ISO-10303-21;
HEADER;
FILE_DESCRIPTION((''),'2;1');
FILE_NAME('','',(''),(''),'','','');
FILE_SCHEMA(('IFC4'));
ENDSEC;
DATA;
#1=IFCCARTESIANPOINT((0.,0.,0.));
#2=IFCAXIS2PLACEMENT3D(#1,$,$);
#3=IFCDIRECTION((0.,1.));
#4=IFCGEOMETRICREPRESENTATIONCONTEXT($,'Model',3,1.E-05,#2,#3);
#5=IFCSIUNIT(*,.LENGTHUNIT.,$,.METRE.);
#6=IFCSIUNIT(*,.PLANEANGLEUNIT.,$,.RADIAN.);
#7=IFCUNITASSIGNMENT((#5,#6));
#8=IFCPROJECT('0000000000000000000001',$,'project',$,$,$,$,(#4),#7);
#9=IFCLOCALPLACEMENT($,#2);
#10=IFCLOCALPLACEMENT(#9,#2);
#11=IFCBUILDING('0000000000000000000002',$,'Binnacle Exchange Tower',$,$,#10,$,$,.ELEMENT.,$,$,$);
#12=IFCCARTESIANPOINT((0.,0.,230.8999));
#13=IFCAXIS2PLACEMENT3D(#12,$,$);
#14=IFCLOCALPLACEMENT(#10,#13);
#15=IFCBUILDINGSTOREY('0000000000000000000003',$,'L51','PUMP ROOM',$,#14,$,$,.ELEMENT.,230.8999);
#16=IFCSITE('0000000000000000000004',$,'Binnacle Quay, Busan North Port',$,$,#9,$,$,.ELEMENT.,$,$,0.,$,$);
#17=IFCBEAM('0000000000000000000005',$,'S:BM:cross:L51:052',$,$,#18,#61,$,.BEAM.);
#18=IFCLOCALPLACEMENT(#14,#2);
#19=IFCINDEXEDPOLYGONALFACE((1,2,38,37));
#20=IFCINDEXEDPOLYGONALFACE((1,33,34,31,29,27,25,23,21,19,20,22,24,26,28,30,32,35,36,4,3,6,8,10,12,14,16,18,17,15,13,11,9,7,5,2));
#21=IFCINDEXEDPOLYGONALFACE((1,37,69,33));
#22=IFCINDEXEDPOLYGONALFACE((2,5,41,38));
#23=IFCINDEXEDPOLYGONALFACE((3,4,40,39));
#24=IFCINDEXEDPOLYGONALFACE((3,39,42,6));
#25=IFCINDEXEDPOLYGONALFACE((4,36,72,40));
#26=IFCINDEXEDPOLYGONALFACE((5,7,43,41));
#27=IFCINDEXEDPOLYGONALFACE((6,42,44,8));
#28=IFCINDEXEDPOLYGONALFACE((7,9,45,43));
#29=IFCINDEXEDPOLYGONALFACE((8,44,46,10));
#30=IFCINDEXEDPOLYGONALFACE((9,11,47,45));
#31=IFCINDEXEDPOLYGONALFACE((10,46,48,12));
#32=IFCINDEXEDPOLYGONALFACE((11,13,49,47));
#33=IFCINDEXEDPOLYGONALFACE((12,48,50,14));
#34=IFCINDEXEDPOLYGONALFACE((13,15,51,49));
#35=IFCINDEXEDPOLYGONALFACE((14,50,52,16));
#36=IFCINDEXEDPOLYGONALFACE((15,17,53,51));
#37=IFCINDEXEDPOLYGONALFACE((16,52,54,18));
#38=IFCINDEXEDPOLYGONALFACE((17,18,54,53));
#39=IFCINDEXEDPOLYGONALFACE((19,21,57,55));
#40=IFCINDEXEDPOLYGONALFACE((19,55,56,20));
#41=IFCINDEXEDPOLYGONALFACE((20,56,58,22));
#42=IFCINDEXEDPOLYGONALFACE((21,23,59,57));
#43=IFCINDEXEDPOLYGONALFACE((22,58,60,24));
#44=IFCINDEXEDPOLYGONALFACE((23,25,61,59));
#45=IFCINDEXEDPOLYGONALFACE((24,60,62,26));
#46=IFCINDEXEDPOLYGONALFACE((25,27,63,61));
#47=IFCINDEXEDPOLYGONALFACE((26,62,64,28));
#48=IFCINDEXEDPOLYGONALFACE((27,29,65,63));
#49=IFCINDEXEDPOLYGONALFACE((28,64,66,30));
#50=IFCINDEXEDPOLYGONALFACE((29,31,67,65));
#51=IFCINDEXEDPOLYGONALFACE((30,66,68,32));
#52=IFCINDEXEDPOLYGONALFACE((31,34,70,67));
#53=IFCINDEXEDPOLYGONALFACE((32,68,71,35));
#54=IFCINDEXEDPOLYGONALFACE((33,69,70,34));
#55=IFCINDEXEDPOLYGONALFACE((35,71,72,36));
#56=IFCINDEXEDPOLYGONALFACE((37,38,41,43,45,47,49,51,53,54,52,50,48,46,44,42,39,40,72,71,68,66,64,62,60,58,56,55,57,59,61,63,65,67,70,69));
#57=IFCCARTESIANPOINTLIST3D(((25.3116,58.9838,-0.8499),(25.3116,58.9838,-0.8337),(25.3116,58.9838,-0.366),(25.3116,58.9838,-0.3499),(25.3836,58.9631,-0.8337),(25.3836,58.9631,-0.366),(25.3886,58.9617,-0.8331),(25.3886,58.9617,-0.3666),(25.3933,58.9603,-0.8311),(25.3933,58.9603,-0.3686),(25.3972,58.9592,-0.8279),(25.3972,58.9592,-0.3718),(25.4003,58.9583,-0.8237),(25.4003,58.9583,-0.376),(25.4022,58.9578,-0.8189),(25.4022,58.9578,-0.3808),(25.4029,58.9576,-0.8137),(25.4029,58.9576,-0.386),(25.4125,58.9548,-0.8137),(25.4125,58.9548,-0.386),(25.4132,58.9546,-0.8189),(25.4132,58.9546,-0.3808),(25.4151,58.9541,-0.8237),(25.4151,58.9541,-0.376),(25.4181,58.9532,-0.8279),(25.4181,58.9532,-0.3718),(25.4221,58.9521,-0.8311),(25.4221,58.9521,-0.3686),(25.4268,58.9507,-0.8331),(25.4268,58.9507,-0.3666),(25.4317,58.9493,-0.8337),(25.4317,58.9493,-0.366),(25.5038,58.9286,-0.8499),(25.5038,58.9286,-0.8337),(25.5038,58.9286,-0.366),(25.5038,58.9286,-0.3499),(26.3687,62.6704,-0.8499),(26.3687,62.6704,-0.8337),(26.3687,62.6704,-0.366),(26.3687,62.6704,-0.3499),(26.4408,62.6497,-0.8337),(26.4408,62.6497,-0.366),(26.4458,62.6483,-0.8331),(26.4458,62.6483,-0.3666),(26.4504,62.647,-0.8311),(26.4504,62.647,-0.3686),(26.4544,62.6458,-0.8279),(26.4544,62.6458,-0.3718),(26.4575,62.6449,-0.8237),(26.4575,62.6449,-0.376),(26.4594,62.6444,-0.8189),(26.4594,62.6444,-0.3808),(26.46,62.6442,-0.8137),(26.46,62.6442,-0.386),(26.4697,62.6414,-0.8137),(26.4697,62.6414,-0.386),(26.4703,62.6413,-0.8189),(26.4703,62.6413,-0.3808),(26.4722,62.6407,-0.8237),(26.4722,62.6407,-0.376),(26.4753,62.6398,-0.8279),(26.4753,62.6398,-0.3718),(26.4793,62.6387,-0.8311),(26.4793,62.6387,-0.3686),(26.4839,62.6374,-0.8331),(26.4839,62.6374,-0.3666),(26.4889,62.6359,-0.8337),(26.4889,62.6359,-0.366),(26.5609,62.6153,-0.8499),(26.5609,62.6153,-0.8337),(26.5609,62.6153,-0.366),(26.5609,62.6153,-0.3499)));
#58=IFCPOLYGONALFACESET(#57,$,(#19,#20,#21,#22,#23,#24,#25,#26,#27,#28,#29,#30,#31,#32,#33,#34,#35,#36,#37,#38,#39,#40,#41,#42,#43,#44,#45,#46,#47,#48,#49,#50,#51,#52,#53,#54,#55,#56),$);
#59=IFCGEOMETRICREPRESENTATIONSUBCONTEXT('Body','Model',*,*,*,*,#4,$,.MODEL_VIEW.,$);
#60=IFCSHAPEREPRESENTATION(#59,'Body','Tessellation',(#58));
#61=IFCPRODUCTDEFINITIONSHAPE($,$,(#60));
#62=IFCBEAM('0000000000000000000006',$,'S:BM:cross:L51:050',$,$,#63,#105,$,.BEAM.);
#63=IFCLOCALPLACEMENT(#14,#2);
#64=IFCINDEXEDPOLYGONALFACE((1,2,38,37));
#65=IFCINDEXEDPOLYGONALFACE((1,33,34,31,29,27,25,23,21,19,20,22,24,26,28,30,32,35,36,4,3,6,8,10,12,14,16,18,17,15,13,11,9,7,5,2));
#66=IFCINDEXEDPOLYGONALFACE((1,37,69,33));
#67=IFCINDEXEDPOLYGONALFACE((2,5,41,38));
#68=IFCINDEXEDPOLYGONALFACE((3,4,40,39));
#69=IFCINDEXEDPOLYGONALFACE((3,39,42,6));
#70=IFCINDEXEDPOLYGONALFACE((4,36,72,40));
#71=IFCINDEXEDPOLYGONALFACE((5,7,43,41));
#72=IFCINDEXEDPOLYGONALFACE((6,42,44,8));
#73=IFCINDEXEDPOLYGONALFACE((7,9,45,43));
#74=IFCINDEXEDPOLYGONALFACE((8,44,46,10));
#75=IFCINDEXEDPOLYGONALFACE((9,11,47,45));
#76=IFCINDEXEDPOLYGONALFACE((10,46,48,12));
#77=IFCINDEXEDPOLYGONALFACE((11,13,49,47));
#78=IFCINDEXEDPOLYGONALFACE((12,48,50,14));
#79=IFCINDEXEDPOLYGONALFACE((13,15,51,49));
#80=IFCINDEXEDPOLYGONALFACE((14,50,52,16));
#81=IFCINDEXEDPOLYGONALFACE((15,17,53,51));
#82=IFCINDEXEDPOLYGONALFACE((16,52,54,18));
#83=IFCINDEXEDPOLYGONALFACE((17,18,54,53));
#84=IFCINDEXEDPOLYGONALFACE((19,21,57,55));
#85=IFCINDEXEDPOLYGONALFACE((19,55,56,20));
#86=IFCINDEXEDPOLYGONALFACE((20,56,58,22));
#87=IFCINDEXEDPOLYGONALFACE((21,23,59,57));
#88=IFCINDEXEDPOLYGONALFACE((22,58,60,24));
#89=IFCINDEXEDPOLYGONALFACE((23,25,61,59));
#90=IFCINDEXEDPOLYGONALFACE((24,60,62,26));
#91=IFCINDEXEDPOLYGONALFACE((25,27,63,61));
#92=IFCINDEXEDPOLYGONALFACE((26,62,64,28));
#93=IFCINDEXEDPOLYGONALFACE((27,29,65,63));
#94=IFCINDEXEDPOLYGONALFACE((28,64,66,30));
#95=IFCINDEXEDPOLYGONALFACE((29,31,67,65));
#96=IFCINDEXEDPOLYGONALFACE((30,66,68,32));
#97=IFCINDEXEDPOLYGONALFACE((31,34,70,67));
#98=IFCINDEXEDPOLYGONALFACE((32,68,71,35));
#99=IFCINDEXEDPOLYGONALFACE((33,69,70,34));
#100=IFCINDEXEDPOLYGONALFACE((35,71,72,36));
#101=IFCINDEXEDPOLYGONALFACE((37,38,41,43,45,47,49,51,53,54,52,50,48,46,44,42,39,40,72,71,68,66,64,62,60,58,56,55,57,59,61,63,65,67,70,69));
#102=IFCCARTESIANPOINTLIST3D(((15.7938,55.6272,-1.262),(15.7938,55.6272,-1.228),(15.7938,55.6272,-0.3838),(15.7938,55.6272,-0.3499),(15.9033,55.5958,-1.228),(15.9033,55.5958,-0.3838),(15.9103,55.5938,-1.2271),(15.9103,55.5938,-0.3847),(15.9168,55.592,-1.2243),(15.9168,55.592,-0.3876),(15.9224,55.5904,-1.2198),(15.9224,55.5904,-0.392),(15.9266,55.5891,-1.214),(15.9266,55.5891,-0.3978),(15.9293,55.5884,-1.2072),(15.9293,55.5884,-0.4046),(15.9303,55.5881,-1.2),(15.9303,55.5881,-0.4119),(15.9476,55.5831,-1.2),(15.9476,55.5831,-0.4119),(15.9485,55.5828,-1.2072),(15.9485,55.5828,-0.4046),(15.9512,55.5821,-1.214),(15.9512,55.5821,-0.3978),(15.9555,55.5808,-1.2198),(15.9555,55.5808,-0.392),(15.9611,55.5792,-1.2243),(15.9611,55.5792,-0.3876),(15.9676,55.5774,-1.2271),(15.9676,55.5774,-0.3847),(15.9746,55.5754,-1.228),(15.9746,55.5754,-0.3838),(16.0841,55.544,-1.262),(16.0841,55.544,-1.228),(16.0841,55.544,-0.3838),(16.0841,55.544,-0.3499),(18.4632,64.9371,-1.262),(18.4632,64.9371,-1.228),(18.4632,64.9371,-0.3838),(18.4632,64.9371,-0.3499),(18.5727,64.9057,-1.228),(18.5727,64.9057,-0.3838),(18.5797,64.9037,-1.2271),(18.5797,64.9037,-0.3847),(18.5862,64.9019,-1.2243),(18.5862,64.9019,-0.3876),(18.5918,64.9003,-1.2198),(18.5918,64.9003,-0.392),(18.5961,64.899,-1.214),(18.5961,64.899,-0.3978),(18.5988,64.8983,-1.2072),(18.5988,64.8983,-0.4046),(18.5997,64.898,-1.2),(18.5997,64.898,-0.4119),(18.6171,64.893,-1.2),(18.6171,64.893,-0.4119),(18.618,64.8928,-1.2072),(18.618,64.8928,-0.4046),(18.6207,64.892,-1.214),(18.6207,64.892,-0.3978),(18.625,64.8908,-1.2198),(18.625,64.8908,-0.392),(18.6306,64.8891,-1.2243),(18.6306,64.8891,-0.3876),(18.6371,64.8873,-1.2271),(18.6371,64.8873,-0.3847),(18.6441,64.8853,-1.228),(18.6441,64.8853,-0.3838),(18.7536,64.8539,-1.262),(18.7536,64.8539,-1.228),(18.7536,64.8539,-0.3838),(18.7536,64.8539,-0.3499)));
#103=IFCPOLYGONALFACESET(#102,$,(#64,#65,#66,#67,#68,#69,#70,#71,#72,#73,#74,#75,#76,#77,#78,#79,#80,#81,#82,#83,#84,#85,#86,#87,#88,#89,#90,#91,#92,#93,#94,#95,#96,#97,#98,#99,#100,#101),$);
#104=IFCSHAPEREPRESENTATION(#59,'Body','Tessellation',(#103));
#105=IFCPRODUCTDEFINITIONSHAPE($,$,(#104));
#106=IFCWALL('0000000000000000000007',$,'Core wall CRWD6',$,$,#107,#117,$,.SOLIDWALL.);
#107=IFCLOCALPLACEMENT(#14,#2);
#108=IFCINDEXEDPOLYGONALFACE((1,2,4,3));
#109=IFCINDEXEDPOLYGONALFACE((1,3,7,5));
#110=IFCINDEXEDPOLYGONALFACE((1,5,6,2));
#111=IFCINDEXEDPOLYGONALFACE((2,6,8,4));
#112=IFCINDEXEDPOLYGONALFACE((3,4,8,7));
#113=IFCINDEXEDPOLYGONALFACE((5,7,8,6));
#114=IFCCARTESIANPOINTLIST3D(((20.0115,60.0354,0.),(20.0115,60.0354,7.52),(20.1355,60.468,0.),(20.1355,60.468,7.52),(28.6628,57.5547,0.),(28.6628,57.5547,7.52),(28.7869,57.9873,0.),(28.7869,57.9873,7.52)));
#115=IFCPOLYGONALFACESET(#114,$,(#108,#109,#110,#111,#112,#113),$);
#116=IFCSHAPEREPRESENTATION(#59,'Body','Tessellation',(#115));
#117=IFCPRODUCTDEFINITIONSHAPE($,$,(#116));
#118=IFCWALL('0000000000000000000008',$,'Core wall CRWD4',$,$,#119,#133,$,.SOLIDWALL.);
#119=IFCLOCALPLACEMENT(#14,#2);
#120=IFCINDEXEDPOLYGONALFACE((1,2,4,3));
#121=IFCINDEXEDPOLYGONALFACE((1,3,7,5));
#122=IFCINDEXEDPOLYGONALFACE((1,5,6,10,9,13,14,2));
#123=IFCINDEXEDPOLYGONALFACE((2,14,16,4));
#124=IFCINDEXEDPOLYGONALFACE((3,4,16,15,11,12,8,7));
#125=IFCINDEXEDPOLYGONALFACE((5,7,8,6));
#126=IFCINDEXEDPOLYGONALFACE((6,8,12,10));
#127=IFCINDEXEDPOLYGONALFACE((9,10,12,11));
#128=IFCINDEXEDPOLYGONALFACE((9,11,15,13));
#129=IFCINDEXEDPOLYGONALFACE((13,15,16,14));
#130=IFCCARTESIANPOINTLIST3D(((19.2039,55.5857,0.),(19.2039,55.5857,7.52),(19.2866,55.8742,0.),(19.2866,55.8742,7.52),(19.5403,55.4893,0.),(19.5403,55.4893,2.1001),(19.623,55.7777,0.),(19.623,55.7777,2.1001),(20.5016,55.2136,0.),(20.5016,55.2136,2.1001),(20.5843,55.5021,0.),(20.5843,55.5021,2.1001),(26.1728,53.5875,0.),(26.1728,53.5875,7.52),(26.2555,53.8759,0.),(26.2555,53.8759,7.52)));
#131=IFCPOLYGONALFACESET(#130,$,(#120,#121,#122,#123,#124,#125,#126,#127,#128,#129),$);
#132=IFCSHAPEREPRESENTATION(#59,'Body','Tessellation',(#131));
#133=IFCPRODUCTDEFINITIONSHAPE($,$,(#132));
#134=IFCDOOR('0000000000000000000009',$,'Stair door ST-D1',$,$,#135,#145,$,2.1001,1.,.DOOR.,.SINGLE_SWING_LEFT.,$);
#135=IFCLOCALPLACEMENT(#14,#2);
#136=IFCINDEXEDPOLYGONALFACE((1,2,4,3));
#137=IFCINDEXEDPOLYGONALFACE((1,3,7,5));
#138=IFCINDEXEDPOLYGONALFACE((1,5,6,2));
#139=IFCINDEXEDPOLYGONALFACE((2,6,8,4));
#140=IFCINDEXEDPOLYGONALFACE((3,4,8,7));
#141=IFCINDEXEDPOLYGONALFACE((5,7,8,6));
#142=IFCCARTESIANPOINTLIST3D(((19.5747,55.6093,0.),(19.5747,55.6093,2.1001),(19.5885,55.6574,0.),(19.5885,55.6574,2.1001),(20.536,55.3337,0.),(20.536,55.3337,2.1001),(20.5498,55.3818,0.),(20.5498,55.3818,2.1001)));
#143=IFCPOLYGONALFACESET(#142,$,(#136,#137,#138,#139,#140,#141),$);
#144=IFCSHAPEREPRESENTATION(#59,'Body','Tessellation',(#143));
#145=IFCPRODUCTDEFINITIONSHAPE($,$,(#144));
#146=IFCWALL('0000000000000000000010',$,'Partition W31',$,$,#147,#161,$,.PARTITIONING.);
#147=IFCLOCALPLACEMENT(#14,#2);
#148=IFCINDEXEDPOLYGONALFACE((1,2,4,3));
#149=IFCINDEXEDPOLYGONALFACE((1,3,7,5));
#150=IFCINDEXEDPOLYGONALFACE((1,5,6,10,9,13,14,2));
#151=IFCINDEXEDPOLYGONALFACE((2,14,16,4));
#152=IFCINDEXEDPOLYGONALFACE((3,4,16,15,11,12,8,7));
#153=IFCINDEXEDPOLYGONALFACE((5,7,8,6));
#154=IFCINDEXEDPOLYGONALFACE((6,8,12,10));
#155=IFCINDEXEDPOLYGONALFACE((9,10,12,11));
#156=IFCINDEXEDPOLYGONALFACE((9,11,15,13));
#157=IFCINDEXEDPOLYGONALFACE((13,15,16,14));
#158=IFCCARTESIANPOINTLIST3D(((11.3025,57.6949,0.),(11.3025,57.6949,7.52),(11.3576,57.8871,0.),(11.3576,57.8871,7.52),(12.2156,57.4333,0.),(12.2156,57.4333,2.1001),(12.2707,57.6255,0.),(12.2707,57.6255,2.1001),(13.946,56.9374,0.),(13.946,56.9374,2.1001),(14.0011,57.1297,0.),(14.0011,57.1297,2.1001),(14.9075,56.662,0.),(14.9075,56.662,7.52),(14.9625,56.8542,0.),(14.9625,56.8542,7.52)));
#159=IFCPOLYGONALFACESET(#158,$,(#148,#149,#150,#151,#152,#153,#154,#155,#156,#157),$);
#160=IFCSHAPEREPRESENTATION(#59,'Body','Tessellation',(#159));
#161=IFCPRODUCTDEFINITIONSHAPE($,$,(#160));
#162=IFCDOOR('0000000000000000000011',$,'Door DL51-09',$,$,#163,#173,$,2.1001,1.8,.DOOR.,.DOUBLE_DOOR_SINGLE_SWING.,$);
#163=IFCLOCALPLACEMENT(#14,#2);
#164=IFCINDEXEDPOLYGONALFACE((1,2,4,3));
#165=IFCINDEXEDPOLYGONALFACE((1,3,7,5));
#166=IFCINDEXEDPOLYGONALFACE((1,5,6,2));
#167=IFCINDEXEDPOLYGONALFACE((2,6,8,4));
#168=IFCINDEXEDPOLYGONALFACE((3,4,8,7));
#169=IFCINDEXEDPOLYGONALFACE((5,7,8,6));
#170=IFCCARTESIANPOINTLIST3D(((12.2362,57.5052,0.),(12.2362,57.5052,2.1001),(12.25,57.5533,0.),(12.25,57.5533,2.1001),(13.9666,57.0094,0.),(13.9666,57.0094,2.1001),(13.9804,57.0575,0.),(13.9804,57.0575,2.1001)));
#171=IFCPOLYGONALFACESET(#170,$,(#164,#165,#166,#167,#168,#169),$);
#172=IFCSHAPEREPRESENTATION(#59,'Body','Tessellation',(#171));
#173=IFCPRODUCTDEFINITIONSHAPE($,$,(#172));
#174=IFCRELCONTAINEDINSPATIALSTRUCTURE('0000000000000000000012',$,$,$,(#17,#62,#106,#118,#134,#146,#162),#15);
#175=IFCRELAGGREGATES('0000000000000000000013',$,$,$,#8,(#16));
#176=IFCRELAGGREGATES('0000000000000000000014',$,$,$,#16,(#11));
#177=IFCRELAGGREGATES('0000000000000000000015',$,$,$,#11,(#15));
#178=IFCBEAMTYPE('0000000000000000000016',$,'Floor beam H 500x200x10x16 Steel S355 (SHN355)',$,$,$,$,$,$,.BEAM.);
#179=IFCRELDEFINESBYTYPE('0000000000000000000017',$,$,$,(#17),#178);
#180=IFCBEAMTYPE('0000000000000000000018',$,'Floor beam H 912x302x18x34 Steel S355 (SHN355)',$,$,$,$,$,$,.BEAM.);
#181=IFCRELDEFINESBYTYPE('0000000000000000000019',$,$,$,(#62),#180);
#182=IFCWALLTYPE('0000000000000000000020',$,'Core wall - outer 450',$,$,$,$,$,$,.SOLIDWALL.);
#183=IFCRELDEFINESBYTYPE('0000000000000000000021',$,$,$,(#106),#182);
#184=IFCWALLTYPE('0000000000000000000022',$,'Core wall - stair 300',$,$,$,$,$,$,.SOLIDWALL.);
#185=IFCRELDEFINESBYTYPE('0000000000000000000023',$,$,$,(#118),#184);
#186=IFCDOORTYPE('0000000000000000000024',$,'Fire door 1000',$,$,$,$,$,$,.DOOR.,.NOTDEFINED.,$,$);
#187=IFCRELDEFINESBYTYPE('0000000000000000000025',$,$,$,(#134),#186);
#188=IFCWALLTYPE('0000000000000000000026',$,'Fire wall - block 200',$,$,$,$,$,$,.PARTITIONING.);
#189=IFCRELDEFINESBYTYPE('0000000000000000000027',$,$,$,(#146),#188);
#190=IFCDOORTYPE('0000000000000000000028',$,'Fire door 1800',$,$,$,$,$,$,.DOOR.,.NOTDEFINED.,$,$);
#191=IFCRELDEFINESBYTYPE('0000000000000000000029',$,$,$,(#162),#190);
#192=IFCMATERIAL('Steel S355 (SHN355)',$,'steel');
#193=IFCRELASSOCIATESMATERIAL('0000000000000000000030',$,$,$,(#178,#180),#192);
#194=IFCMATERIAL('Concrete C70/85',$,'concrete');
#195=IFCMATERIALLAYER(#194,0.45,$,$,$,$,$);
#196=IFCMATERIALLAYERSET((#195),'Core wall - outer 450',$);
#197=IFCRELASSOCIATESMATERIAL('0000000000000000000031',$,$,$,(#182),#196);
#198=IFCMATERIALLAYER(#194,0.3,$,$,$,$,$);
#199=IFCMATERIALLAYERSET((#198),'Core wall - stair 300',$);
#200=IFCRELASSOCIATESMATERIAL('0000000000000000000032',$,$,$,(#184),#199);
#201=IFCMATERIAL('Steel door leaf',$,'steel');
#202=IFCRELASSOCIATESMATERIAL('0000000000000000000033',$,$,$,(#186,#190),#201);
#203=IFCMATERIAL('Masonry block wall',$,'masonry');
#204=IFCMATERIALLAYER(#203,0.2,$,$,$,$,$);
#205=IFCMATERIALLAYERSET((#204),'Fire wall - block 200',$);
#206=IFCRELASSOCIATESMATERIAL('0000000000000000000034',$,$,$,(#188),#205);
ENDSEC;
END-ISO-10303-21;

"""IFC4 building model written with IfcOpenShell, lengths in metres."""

from ifc_helpers import new_model, si_unit, direction, frame, frame_2d, origin, origin_2d, place, context, subcontext, project, spatial, rectangle, i_section, extrude, material, layer, layer_set, material_profile, profile_set, type_object, element, fill, save


model = new_model("IFC4")

# Units and contexts
model_context = context("Model", 3, precision=1e-05, world=origin(), true_north=direction((0.0, 1.0)))
body_context = subcontext(model_context, "Body", "Model", "MODEL_VIEW")
ifc_project = project(units=[si_unit("LENGTHUNIT", "METRE"), si_unit("PLANEANGLEUNIT", "RADIAN")], contexts=[model_context])

# Site, building, storey
site_placement = place(None, origin())
site = spatial("IfcSite", under=ifc_project, at=site_placement, Name="Binnacle Quay, Busan North Port", CompositionType="ELEMENT", RefElevation=0.0)
building_placement = place(site_placement, origin())
building = spatial("IfcBuilding", under=site, at=building_placement, Name="Binnacle Exchange Tower", CompositionType="ELEMENT")
storey_placement = place(building_placement, frame((0.0, 0.0, 230.8999)))
storey = spatial("IfcBuildingStorey", under=building, at=storey_placement, Name="L51", Description="PUMP ROOM", CompositionType="ELEMENT", Elevation=230.8999)

# Beams
ifc_material_1 = material(Name="Steel S355 (SHN355)", Category="steel")
ifc_material_profile_1 = material_profile(ifc_material_1, i_section(OverallWidth=0.2, OverallDepth=0.5, WebThickness=0.01, FlangeThickness=0.0161, FilletRadius=0.02, at=origin_2d()), Name="H 500x200x10x16")
ifc_profile_set_1 = profile_set([ifc_material_profile_1], Name="Steel S355 (SHN355)")
beam_type_1 = type_object("IfcBeamType", Name="Floor beam H 500x200x10x16 Steel S355 (SHN355)", PredefinedType="BEAM", material=ifc_profile_set_1)
beam_1_placement = place(storey_placement, frame((26.4648, 62.6428, -0.5999), z_axis=(-0.275646, -0.961259, 0.0), x_axis=(0.961259, -0.275646, 0.0)))
element("IfcBeam", 1, at=beam_1_placement, inside=storey, type_object=beam_type_1, Name="S:BM:cross:L51:052", PredefinedType="BEAM", context=body_context, shape_type="SweptSolid", body=[
    extrude(i_section(OverallWidth=0.2, OverallDepth=0.5, WebThickness=0.01, FlangeThickness=0.0161, FilletRadius=0.02, at=origin_2d()), origin(), (0.0, 0.0, 1.0), 3.8352),
])
ifc_material_profile_2 = material_profile(ifc_material_1, i_section(OverallWidth=0.302, OverallDepth=0.9121, WebThickness=0.0181, FlangeThickness=0.0339, FilletRadius=0.0281, at=origin_2d()), Name="H 912x302x18x34")
ifc_profile_set_2 = profile_set([ifc_material_profile_2], Name="Steel S355 (SHN355)")
beam_type_2 = type_object("IfcBeamType", Name="Floor beam H 912x302x18x34 Steel S355 (SHN355)", PredefinedType="BEAM", material=ifc_profile_set_2)
beam_2_placement = place(storey_placement, frame((18.6084, 64.8955, -0.8059), z_axis=(-0.275627, -0.961265, 0.0), x_axis=(0.961265, -0.275627, 0.0)))
element("IfcBeam", 2, at=beam_2_placement, inside=storey, type_object=beam_type_2, Name="S:BM:cross:L51:050", PredefinedType="BEAM", context=body_context, shape_type="SweptSolid", body=[
    extrude(i_section(OverallWidth=0.302, OverallDepth=0.9121, WebThickness=0.0181, FlangeThickness=0.0339, FilletRadius=0.0281, at=origin_2d()), origin(), (0.0, 0.0, 1.0), 9.6851),
])

# Wall
ifc_material_2 = material(Name="Concrete C70/85", Category="concrete")
ifc_layer_1 = layer(ifc_material_2, 0.45)
ifc_layer_set_1 = layer_set([ifc_layer_1], Name="Core wall - outer 450")
wall_type_1 = type_object("IfcWallType", Name="Core wall - outer 450", PredefinedType="SOLIDWALL", material=ifc_layer_set_1)
wall_1_placement = place(storey_placement, frame((20.0735, 60.2517, 0.0), z_axis=(0.0, 0.0, 1.0), x_axis=(0.961262, -0.275635, 0.0)))
element("IfcWall", 3, at=wall_1_placement, inside=storey, type_object=wall_type_1, Name="Core wall CRWD6", PredefinedType="SOLIDWALL", context=body_context, shape_type="SweptSolid", body=[
    extrude(rectangle(XDim=9.0, YDim=0.45, at=frame_2d((4.5, 0.0))), origin(), (0.0, 0.0, 1.0), 7.52),
])

# Walls, openings, doors
ifc_layer_2 = layer(ifc_material_2, 0.3)
ifc_layer_set_2 = layer_set([ifc_layer_2], Name="Core wall - stair 300")
wall_type_2 = type_object("IfcWallType", Name="Core wall - stair 300", PredefinedType="SOLIDWALL", material=ifc_layer_set_2)
wall_2_placement = place(storey_placement, frame((19.2451, 55.73, 0.0), z_axis=(0.0, 0.0, 1.0), x_axis=(0.961263, -0.275633, 0.0)))
wall_2 = element("IfcWall", 4, at=wall_2_placement, inside=storey, type_object=wall_type_2, Name="Core wall CRWD4", PredefinedType="SOLIDWALL", context=body_context, shape_type="SweptSolid", body=[
    extrude(rectangle(XDim=7.2498, YDim=0.3, at=frame_2d((3.625, 0.0))), origin(), (0.0, 0.0, 1.0), 7.52),
])
opening_1_placement = place(wall_2_placement, frame((0.3501, 0.0, 0.0)))
opening_1 = element("IfcOpeningElement", 5, at=opening_1_placement, cuts=wall_2, PredefinedType="OPENING", context=body_context, shape_type="SweptSolid", body=[
    extrude(rectangle(XDim=1.0, YDim=2.1001, at=frame_2d((0.5, 1.05))), frame((0.0, 0.1599, 0.0), z_axis=(0.0, -1.0, 0.0), x_axis=(1.0, 0.0, 0.0)), (0.0, 0.0, 1.0), 0.3201),
])
ifc_material_3 = material(Name="Steel door leaf", Category="steel")
door_type_1 = type_object("IfcDoorType", Name="Fire door 1000", OperationType="NOTDEFINED", PredefinedType="DOOR", material=ifc_material_3)
door_1_placement = place(opening_1_placement, origin())
door_1 = element("IfcDoor", 6, at=door_1_placement, inside=storey, type_object=door_type_1, Name="Stair door ST-D1", OperationType="SINGLE_SWING_LEFT", OverallHeight=2.1001, OverallWidth=1.0, PredefinedType="DOOR", context=body_context, shape_type="SweptSolid", body=[
    extrude(rectangle(XDim=1.0, YDim=2.1001, at=frame_2d((0.5, 1.05))), frame((0.0, 0.0249, 0.0), z_axis=(0.0, -1.0, 0.0), x_axis=(1.0, 0.0, 0.0)), (0.0, 0.0, 1.0), 0.05),
])
fill(opening_1, door_1)
ifc_material_4 = material(Name="Masonry block wall", Category="masonry")
ifc_layer_3 = layer(ifc_material_4, 0.2)
ifc_layer_set_3 = layer_set([ifc_layer_3], Name="Fire wall - block 200")
wall_type_3 = type_object("IfcWallType", Name="Fire wall - block 200", PredefinedType="PARTITIONING", material=ifc_layer_set_3)
wall_3_placement = place(storey_placement, frame((11.3301, 57.791, 0.0), z_axis=(0.0, 0.0, 1.0), x_axis=(0.961315, -0.275452, 0.0)))
wall_3 = element("IfcWall", 7, at=wall_3_placement, inside=storey, type_object=wall_type_3, Name="Partition W31", PredefinedType="PARTITIONING", context=body_context, shape_type="SweptSolid", body=[
    extrude(rectangle(XDim=3.75, YDim=0.2, at=frame_2d((1.875, 0.0))), origin(), (0.0, 0.0, 1.0), 7.52),
])
opening_2_placement = place(wall_3_placement, frame((0.95, 0.0, 0.0)))
opening_2 = element("IfcOpeningElement", 8, at=opening_2_placement, cuts=wall_3, PredefinedType="OPENING", context=body_context, shape_type="SweptSolid", body=[
    extrude(rectangle(XDim=1.8, YDim=2.1001, at=frame_2d((0.8999, 1.05))), frame((0.0, 0.1099, 0.0), z_axis=(0.0, -1.0, 0.0), x_axis=(1.0, 0.0, 0.0)), (0.0, 0.0, 1.0), 0.22),
])
door_type_2 = type_object("IfcDoorType", Name="Fire door 1800", OperationType="NOTDEFINED", PredefinedType="DOOR", material=ifc_material_3)
door_2_placement = place(opening_2_placement, origin())
door_2 = element("IfcDoor", 9, at=door_2_placement, inside=storey, type_object=door_type_2, Name="Door DL51-09", OperationType="DOUBLE_DOOR_SINGLE_SWING", OverallHeight=2.1001, OverallWidth=1.8, PredefinedType="DOOR", context=body_context, shape_type="SweptSolid", body=[
    extrude(rectangle(XDim=1.8, YDim=2.1001, at=frame_2d((0.8999, 1.05))), frame((0.0, 0.0249, 0.0), z_axis=(0.0, -1.0, 0.0), x_axis=(1.0, 0.0, 0.0)), (0.0, 0.0, 1.0), 0.05),
])
fill(opening_2, door_2)

save(model, "model.ifc")
